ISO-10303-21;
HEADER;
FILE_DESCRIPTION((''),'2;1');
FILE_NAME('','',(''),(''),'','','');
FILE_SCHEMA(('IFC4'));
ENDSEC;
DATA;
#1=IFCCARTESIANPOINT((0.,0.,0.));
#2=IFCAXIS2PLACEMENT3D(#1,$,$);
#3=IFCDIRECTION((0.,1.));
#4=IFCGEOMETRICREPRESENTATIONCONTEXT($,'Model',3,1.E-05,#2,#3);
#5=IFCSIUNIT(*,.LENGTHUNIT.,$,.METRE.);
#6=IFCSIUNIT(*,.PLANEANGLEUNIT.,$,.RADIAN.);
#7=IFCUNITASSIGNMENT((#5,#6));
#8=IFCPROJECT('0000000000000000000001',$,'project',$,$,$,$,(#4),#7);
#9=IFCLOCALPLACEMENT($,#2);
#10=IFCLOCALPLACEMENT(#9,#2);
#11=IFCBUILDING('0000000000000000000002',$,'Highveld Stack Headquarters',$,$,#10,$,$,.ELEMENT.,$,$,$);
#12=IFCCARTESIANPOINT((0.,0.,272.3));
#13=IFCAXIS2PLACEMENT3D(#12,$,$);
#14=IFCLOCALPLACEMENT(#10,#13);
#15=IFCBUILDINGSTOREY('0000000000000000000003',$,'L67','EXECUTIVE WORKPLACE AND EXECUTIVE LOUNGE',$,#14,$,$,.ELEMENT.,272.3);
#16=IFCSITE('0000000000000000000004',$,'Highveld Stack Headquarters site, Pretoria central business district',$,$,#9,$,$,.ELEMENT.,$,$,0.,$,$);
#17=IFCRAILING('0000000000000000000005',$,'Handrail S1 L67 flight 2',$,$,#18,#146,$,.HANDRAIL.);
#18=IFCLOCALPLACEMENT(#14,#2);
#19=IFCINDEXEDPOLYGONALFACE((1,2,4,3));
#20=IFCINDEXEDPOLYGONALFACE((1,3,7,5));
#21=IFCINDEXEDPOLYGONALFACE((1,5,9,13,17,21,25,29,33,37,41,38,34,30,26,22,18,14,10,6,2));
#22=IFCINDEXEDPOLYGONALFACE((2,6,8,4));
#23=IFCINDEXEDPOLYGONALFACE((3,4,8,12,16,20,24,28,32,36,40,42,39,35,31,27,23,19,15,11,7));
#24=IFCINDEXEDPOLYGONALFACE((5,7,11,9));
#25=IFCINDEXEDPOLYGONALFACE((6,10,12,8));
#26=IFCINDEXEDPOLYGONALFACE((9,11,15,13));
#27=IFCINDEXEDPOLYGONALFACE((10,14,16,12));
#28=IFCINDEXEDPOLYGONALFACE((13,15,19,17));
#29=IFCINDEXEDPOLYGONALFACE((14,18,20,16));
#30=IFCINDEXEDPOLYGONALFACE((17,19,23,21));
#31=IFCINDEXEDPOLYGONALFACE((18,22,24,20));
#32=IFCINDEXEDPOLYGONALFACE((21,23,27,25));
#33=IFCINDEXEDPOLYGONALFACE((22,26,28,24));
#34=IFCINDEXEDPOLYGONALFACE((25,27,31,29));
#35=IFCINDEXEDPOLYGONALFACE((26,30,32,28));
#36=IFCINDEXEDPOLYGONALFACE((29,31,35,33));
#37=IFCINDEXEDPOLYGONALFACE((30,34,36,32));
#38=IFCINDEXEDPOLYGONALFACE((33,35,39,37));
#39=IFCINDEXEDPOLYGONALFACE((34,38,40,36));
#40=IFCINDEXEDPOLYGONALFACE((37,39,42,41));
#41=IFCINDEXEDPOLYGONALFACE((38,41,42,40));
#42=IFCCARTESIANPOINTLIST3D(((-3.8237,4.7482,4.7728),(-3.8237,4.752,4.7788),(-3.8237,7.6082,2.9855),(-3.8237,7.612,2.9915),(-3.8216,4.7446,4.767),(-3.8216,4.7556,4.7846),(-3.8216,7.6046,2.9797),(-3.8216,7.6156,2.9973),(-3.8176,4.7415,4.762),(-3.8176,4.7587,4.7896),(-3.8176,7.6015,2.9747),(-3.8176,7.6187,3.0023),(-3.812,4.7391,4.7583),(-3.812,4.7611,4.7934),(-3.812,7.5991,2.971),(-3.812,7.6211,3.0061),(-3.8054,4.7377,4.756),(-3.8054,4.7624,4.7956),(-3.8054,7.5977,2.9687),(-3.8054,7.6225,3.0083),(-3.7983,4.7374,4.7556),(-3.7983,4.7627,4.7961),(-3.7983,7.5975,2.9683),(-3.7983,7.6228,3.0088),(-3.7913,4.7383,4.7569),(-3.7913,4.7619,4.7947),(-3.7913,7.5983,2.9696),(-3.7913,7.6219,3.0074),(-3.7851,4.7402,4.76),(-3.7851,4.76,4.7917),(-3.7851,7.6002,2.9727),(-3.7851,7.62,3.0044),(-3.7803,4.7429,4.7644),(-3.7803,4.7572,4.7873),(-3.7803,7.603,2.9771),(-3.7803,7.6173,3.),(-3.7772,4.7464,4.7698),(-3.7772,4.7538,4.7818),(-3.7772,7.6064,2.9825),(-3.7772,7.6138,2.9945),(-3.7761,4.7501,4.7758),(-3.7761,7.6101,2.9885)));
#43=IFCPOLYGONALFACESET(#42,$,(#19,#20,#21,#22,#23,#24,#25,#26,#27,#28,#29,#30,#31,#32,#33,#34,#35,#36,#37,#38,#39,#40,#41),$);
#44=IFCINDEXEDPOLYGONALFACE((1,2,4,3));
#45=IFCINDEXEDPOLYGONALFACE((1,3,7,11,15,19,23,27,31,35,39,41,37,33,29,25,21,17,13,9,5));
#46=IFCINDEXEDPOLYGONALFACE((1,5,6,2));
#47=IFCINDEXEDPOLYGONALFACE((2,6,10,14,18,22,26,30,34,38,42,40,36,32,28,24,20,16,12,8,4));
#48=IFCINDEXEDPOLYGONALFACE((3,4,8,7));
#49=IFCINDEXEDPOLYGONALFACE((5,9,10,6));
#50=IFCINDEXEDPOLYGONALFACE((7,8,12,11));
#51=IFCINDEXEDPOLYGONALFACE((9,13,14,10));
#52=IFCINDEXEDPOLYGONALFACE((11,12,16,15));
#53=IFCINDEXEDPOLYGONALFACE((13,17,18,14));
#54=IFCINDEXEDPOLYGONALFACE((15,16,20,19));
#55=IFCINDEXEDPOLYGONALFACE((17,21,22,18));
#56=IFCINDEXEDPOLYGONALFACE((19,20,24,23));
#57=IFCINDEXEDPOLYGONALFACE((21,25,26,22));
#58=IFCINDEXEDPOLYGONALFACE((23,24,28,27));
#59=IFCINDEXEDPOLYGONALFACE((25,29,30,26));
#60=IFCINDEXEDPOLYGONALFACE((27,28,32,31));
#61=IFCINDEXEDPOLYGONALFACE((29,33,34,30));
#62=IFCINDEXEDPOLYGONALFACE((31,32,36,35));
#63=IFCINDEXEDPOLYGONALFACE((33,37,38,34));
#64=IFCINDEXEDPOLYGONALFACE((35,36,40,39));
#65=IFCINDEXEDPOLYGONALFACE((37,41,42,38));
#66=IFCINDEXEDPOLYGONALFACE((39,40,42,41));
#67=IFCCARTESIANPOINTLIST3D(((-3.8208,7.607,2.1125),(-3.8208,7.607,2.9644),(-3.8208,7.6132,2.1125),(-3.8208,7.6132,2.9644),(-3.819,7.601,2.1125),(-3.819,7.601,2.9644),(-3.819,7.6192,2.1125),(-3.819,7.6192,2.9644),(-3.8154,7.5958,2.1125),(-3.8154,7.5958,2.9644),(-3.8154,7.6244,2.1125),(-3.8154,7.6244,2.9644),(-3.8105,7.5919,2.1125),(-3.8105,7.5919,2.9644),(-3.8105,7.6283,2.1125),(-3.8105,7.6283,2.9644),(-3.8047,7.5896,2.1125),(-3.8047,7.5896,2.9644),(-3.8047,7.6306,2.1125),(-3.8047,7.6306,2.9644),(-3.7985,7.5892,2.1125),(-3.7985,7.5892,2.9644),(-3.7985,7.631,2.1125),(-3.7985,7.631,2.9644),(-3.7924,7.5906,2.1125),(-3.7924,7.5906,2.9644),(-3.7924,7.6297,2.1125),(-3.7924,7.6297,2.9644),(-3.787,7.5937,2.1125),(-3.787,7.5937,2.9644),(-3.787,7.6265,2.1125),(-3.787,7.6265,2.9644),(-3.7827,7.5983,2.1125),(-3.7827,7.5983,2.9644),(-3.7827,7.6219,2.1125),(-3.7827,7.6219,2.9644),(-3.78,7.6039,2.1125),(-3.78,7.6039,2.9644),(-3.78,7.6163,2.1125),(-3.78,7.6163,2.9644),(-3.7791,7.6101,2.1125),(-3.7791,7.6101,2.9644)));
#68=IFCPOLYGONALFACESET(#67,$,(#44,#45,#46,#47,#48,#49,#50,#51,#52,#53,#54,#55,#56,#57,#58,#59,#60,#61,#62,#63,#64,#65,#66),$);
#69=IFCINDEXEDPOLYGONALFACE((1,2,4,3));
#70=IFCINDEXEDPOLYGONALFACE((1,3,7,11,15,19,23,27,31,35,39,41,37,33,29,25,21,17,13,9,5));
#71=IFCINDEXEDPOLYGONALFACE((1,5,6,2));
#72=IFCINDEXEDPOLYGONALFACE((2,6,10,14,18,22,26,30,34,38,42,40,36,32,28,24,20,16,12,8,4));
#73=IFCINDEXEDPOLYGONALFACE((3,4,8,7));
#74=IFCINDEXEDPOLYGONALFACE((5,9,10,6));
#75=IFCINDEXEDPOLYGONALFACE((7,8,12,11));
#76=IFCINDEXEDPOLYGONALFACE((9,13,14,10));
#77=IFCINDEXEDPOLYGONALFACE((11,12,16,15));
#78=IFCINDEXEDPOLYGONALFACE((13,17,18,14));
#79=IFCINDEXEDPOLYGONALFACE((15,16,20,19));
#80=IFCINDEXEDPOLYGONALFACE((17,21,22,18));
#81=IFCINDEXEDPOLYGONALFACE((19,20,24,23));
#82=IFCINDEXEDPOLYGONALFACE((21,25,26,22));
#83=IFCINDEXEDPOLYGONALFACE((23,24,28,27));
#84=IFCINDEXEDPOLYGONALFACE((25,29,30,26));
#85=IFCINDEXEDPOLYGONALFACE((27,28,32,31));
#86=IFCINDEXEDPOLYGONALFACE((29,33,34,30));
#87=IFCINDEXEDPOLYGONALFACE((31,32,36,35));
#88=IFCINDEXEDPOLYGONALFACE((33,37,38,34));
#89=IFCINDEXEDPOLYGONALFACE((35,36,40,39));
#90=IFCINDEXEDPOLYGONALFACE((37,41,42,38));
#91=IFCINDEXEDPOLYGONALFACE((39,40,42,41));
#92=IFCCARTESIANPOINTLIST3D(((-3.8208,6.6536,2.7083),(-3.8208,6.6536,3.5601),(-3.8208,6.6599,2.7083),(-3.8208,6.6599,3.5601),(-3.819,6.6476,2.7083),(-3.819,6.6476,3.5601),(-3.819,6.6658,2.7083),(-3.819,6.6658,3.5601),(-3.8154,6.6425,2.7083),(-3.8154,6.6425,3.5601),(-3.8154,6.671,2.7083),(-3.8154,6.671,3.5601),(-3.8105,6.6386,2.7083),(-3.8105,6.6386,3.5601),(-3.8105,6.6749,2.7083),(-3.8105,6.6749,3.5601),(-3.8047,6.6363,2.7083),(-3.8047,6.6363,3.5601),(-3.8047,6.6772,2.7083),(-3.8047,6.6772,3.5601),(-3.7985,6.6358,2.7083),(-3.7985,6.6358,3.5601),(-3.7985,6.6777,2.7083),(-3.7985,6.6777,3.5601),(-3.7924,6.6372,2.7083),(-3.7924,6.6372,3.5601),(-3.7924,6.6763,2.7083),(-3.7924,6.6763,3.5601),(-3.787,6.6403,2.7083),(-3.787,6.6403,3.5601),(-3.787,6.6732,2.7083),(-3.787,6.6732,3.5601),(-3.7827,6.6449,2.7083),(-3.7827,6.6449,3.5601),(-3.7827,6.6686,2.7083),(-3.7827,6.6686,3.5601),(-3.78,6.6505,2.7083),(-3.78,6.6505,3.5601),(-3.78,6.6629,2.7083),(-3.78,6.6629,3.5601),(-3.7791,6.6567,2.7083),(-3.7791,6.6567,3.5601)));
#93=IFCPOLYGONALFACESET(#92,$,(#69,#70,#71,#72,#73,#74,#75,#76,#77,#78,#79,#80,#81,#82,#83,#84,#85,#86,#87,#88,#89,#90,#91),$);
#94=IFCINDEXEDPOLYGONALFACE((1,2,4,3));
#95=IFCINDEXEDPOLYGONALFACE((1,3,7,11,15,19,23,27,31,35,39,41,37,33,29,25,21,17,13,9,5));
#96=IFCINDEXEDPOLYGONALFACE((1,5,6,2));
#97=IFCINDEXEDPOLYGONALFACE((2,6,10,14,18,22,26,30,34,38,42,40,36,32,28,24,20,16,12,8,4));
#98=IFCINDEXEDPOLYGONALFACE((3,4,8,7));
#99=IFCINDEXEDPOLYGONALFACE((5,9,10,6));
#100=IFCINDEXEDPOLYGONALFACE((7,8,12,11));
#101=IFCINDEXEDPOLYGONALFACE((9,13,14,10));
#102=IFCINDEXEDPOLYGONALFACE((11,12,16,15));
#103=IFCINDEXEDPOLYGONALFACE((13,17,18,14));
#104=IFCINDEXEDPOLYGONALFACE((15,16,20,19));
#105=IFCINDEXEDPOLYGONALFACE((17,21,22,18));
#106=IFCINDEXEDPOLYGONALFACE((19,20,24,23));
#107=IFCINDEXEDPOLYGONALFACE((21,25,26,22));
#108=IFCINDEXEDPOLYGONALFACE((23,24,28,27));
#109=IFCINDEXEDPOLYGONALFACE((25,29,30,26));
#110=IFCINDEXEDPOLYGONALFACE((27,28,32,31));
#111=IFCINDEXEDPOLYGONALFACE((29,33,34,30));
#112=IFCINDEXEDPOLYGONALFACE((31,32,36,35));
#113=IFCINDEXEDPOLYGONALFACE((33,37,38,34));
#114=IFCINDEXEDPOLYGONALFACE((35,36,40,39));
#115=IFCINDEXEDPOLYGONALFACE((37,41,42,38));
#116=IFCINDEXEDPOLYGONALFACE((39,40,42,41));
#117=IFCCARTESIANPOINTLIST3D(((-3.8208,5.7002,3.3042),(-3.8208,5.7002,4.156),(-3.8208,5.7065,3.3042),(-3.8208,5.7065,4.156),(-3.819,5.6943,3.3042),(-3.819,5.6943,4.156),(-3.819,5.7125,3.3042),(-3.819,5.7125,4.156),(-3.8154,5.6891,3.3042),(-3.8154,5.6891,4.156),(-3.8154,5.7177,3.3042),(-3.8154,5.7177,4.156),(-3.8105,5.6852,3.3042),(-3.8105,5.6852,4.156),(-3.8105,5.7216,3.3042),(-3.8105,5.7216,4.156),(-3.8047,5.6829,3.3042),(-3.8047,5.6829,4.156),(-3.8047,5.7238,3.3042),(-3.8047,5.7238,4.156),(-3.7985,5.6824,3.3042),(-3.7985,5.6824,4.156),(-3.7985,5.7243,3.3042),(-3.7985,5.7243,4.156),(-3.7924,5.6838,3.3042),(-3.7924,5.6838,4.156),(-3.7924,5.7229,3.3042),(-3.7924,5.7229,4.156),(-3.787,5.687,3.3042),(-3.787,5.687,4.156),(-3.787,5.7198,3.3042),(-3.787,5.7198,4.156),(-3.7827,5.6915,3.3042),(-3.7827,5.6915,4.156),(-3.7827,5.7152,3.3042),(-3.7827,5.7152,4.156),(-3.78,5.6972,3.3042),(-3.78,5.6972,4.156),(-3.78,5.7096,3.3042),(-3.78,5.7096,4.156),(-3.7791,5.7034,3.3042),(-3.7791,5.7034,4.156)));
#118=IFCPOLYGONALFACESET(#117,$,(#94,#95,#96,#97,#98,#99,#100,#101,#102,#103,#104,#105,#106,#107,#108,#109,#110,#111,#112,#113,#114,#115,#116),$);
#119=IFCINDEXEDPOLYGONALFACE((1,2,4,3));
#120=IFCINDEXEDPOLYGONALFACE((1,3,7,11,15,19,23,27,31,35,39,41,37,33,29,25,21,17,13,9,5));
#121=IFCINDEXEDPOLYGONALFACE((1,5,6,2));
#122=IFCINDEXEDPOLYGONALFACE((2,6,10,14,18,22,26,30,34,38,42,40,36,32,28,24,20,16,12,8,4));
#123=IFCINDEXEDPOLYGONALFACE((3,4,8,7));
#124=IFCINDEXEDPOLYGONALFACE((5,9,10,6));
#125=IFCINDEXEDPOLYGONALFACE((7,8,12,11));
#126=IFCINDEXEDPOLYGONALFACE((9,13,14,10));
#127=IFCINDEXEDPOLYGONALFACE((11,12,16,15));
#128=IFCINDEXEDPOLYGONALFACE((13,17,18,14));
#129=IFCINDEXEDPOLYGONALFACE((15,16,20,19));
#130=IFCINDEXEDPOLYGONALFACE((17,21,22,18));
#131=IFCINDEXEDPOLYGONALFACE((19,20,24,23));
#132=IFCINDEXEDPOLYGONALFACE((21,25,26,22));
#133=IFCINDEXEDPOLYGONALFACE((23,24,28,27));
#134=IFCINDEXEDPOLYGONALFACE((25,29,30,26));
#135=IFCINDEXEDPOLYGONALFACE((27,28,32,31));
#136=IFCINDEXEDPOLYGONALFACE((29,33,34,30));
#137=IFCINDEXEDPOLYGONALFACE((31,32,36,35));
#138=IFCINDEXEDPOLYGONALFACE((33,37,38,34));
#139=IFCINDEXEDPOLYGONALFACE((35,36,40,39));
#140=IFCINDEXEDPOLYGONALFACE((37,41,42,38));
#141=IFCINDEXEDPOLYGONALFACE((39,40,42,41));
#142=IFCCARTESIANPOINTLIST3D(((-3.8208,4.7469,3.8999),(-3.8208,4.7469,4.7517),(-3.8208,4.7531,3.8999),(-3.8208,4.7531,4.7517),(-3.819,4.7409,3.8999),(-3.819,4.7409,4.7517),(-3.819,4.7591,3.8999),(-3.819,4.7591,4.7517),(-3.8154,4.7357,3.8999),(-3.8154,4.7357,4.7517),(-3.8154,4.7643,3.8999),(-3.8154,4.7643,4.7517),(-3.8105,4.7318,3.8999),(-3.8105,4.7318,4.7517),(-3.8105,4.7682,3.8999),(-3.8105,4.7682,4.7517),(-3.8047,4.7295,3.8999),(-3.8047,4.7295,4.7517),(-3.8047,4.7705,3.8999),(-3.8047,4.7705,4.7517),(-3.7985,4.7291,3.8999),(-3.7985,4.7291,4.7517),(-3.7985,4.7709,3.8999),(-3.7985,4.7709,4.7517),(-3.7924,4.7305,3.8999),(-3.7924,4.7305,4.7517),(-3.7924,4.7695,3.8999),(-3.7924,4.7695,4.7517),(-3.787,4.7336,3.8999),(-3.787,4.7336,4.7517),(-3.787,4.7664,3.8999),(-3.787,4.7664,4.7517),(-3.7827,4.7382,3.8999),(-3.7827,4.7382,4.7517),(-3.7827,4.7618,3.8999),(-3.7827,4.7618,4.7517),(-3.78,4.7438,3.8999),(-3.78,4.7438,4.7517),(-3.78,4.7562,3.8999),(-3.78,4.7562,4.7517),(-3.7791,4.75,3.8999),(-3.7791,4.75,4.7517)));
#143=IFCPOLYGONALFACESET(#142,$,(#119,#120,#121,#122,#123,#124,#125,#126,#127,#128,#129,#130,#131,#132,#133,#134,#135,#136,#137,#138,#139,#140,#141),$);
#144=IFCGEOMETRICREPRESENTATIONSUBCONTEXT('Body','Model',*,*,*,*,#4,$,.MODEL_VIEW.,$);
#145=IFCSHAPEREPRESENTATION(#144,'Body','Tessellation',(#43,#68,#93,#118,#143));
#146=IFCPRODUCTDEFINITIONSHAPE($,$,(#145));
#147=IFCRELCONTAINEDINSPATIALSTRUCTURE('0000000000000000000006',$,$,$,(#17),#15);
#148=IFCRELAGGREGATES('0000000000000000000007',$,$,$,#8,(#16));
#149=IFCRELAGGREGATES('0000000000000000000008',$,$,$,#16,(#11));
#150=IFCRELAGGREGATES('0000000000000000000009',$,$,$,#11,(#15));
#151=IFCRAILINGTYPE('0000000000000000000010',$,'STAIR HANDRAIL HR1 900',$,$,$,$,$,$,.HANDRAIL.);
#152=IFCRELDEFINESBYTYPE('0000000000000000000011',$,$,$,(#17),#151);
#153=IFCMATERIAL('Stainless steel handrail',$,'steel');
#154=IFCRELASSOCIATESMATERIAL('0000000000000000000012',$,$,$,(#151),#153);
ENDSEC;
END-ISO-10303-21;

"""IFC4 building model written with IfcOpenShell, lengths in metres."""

from ifc_helpers import new_model, si_unit, direction, frame, origin, origin_2d, place, context, subcontext, project, spatial, circle, extrude, material, type_object, element, save


model = new_model("IFC4")

# Units and contexts
model_context = context("Model", 3, precision=1e-05, world=origin(), true_north=direction((0.0, 1.0)))
body_context = subcontext(model_context, "Body", "Model", "MODEL_VIEW")
ifc_project = project(units=[si_unit("LENGTHUNIT", "METRE"), si_unit("PLANEANGLEUNIT", "RADIAN")], contexts=[model_context])

# Site, building, storey
site_placement = place(None, origin())
site = spatial("IfcSite", under=ifc_project, at=site_placement, Name="Highveld Stack Headquarters site, Pretoria central business district", CompositionType="ELEMENT", RefElevation=0.0)
building_placement = place(site_placement, origin())
building = spatial("IfcBuilding", under=site, at=building_placement, Name="Highveld Stack Headquarters", CompositionType="ELEMENT")
storey_placement = place(building_placement, frame((0.0, 0.0, 272.3)))
storey = spatial("IfcBuildingStorey", under=building, at=storey_placement, Name="L67", Description="EXECUTIVE WORKPLACE AND EXECUTIVE LOUNGE", CompositionType="ELEMENT", Elevation=272.3)

# Railing
ifc_material_1 = material(Name="Stainless steel handrail", Category="steel")
railing_type = type_object("IfcRailingType", Name="STAIR HANDRAIL HR1 900", PredefinedType="HANDRAIL", material=ifc_material_1)
for number, where, name in (
    (1, (-3.8, 7.6101, 2.1125), "Handrail S1 L67 flight 2"),
):
    element("IfcRailing", number, at=place(storey_placement, frame(where)), inside=storey, type_object=railing_type, Name=name, PredefinedType="HANDRAIL", context=body_context, shape_type="SweptSolid", body=[
        extrude(circle(Radius=0.0239, at=origin_2d()), frame((0.0, 0.0, 0.876), z_axis=(0.0, -0.848027, 0.529953), x_axis=(1.0, 0.0, 0.0)), (0.0, 0.0, 1.0), 3.3726),
        extrude(circle(Radius=0.021, at=origin_2d()), origin(), (0.0, 0.0, 1.0), 0.8518),
        extrude(circle(Radius=0.021, at=origin_2d()), frame((0.0, -0.9534, 0.5957)), (0.0, 0.0, 1.0), 0.8518),
        extrude(circle(Radius=0.021, at=origin_2d()), frame((0.0, -1.9067, 1.1917)), (0.0, 0.0, 1.0), 0.8518),
        extrude(circle(Radius=0.021, at=origin_2d()), frame((0.0, -2.8601, 1.7874)), (0.0, 0.0, 1.0), 0.8518),
    ])

save(model, "model.ifc")
